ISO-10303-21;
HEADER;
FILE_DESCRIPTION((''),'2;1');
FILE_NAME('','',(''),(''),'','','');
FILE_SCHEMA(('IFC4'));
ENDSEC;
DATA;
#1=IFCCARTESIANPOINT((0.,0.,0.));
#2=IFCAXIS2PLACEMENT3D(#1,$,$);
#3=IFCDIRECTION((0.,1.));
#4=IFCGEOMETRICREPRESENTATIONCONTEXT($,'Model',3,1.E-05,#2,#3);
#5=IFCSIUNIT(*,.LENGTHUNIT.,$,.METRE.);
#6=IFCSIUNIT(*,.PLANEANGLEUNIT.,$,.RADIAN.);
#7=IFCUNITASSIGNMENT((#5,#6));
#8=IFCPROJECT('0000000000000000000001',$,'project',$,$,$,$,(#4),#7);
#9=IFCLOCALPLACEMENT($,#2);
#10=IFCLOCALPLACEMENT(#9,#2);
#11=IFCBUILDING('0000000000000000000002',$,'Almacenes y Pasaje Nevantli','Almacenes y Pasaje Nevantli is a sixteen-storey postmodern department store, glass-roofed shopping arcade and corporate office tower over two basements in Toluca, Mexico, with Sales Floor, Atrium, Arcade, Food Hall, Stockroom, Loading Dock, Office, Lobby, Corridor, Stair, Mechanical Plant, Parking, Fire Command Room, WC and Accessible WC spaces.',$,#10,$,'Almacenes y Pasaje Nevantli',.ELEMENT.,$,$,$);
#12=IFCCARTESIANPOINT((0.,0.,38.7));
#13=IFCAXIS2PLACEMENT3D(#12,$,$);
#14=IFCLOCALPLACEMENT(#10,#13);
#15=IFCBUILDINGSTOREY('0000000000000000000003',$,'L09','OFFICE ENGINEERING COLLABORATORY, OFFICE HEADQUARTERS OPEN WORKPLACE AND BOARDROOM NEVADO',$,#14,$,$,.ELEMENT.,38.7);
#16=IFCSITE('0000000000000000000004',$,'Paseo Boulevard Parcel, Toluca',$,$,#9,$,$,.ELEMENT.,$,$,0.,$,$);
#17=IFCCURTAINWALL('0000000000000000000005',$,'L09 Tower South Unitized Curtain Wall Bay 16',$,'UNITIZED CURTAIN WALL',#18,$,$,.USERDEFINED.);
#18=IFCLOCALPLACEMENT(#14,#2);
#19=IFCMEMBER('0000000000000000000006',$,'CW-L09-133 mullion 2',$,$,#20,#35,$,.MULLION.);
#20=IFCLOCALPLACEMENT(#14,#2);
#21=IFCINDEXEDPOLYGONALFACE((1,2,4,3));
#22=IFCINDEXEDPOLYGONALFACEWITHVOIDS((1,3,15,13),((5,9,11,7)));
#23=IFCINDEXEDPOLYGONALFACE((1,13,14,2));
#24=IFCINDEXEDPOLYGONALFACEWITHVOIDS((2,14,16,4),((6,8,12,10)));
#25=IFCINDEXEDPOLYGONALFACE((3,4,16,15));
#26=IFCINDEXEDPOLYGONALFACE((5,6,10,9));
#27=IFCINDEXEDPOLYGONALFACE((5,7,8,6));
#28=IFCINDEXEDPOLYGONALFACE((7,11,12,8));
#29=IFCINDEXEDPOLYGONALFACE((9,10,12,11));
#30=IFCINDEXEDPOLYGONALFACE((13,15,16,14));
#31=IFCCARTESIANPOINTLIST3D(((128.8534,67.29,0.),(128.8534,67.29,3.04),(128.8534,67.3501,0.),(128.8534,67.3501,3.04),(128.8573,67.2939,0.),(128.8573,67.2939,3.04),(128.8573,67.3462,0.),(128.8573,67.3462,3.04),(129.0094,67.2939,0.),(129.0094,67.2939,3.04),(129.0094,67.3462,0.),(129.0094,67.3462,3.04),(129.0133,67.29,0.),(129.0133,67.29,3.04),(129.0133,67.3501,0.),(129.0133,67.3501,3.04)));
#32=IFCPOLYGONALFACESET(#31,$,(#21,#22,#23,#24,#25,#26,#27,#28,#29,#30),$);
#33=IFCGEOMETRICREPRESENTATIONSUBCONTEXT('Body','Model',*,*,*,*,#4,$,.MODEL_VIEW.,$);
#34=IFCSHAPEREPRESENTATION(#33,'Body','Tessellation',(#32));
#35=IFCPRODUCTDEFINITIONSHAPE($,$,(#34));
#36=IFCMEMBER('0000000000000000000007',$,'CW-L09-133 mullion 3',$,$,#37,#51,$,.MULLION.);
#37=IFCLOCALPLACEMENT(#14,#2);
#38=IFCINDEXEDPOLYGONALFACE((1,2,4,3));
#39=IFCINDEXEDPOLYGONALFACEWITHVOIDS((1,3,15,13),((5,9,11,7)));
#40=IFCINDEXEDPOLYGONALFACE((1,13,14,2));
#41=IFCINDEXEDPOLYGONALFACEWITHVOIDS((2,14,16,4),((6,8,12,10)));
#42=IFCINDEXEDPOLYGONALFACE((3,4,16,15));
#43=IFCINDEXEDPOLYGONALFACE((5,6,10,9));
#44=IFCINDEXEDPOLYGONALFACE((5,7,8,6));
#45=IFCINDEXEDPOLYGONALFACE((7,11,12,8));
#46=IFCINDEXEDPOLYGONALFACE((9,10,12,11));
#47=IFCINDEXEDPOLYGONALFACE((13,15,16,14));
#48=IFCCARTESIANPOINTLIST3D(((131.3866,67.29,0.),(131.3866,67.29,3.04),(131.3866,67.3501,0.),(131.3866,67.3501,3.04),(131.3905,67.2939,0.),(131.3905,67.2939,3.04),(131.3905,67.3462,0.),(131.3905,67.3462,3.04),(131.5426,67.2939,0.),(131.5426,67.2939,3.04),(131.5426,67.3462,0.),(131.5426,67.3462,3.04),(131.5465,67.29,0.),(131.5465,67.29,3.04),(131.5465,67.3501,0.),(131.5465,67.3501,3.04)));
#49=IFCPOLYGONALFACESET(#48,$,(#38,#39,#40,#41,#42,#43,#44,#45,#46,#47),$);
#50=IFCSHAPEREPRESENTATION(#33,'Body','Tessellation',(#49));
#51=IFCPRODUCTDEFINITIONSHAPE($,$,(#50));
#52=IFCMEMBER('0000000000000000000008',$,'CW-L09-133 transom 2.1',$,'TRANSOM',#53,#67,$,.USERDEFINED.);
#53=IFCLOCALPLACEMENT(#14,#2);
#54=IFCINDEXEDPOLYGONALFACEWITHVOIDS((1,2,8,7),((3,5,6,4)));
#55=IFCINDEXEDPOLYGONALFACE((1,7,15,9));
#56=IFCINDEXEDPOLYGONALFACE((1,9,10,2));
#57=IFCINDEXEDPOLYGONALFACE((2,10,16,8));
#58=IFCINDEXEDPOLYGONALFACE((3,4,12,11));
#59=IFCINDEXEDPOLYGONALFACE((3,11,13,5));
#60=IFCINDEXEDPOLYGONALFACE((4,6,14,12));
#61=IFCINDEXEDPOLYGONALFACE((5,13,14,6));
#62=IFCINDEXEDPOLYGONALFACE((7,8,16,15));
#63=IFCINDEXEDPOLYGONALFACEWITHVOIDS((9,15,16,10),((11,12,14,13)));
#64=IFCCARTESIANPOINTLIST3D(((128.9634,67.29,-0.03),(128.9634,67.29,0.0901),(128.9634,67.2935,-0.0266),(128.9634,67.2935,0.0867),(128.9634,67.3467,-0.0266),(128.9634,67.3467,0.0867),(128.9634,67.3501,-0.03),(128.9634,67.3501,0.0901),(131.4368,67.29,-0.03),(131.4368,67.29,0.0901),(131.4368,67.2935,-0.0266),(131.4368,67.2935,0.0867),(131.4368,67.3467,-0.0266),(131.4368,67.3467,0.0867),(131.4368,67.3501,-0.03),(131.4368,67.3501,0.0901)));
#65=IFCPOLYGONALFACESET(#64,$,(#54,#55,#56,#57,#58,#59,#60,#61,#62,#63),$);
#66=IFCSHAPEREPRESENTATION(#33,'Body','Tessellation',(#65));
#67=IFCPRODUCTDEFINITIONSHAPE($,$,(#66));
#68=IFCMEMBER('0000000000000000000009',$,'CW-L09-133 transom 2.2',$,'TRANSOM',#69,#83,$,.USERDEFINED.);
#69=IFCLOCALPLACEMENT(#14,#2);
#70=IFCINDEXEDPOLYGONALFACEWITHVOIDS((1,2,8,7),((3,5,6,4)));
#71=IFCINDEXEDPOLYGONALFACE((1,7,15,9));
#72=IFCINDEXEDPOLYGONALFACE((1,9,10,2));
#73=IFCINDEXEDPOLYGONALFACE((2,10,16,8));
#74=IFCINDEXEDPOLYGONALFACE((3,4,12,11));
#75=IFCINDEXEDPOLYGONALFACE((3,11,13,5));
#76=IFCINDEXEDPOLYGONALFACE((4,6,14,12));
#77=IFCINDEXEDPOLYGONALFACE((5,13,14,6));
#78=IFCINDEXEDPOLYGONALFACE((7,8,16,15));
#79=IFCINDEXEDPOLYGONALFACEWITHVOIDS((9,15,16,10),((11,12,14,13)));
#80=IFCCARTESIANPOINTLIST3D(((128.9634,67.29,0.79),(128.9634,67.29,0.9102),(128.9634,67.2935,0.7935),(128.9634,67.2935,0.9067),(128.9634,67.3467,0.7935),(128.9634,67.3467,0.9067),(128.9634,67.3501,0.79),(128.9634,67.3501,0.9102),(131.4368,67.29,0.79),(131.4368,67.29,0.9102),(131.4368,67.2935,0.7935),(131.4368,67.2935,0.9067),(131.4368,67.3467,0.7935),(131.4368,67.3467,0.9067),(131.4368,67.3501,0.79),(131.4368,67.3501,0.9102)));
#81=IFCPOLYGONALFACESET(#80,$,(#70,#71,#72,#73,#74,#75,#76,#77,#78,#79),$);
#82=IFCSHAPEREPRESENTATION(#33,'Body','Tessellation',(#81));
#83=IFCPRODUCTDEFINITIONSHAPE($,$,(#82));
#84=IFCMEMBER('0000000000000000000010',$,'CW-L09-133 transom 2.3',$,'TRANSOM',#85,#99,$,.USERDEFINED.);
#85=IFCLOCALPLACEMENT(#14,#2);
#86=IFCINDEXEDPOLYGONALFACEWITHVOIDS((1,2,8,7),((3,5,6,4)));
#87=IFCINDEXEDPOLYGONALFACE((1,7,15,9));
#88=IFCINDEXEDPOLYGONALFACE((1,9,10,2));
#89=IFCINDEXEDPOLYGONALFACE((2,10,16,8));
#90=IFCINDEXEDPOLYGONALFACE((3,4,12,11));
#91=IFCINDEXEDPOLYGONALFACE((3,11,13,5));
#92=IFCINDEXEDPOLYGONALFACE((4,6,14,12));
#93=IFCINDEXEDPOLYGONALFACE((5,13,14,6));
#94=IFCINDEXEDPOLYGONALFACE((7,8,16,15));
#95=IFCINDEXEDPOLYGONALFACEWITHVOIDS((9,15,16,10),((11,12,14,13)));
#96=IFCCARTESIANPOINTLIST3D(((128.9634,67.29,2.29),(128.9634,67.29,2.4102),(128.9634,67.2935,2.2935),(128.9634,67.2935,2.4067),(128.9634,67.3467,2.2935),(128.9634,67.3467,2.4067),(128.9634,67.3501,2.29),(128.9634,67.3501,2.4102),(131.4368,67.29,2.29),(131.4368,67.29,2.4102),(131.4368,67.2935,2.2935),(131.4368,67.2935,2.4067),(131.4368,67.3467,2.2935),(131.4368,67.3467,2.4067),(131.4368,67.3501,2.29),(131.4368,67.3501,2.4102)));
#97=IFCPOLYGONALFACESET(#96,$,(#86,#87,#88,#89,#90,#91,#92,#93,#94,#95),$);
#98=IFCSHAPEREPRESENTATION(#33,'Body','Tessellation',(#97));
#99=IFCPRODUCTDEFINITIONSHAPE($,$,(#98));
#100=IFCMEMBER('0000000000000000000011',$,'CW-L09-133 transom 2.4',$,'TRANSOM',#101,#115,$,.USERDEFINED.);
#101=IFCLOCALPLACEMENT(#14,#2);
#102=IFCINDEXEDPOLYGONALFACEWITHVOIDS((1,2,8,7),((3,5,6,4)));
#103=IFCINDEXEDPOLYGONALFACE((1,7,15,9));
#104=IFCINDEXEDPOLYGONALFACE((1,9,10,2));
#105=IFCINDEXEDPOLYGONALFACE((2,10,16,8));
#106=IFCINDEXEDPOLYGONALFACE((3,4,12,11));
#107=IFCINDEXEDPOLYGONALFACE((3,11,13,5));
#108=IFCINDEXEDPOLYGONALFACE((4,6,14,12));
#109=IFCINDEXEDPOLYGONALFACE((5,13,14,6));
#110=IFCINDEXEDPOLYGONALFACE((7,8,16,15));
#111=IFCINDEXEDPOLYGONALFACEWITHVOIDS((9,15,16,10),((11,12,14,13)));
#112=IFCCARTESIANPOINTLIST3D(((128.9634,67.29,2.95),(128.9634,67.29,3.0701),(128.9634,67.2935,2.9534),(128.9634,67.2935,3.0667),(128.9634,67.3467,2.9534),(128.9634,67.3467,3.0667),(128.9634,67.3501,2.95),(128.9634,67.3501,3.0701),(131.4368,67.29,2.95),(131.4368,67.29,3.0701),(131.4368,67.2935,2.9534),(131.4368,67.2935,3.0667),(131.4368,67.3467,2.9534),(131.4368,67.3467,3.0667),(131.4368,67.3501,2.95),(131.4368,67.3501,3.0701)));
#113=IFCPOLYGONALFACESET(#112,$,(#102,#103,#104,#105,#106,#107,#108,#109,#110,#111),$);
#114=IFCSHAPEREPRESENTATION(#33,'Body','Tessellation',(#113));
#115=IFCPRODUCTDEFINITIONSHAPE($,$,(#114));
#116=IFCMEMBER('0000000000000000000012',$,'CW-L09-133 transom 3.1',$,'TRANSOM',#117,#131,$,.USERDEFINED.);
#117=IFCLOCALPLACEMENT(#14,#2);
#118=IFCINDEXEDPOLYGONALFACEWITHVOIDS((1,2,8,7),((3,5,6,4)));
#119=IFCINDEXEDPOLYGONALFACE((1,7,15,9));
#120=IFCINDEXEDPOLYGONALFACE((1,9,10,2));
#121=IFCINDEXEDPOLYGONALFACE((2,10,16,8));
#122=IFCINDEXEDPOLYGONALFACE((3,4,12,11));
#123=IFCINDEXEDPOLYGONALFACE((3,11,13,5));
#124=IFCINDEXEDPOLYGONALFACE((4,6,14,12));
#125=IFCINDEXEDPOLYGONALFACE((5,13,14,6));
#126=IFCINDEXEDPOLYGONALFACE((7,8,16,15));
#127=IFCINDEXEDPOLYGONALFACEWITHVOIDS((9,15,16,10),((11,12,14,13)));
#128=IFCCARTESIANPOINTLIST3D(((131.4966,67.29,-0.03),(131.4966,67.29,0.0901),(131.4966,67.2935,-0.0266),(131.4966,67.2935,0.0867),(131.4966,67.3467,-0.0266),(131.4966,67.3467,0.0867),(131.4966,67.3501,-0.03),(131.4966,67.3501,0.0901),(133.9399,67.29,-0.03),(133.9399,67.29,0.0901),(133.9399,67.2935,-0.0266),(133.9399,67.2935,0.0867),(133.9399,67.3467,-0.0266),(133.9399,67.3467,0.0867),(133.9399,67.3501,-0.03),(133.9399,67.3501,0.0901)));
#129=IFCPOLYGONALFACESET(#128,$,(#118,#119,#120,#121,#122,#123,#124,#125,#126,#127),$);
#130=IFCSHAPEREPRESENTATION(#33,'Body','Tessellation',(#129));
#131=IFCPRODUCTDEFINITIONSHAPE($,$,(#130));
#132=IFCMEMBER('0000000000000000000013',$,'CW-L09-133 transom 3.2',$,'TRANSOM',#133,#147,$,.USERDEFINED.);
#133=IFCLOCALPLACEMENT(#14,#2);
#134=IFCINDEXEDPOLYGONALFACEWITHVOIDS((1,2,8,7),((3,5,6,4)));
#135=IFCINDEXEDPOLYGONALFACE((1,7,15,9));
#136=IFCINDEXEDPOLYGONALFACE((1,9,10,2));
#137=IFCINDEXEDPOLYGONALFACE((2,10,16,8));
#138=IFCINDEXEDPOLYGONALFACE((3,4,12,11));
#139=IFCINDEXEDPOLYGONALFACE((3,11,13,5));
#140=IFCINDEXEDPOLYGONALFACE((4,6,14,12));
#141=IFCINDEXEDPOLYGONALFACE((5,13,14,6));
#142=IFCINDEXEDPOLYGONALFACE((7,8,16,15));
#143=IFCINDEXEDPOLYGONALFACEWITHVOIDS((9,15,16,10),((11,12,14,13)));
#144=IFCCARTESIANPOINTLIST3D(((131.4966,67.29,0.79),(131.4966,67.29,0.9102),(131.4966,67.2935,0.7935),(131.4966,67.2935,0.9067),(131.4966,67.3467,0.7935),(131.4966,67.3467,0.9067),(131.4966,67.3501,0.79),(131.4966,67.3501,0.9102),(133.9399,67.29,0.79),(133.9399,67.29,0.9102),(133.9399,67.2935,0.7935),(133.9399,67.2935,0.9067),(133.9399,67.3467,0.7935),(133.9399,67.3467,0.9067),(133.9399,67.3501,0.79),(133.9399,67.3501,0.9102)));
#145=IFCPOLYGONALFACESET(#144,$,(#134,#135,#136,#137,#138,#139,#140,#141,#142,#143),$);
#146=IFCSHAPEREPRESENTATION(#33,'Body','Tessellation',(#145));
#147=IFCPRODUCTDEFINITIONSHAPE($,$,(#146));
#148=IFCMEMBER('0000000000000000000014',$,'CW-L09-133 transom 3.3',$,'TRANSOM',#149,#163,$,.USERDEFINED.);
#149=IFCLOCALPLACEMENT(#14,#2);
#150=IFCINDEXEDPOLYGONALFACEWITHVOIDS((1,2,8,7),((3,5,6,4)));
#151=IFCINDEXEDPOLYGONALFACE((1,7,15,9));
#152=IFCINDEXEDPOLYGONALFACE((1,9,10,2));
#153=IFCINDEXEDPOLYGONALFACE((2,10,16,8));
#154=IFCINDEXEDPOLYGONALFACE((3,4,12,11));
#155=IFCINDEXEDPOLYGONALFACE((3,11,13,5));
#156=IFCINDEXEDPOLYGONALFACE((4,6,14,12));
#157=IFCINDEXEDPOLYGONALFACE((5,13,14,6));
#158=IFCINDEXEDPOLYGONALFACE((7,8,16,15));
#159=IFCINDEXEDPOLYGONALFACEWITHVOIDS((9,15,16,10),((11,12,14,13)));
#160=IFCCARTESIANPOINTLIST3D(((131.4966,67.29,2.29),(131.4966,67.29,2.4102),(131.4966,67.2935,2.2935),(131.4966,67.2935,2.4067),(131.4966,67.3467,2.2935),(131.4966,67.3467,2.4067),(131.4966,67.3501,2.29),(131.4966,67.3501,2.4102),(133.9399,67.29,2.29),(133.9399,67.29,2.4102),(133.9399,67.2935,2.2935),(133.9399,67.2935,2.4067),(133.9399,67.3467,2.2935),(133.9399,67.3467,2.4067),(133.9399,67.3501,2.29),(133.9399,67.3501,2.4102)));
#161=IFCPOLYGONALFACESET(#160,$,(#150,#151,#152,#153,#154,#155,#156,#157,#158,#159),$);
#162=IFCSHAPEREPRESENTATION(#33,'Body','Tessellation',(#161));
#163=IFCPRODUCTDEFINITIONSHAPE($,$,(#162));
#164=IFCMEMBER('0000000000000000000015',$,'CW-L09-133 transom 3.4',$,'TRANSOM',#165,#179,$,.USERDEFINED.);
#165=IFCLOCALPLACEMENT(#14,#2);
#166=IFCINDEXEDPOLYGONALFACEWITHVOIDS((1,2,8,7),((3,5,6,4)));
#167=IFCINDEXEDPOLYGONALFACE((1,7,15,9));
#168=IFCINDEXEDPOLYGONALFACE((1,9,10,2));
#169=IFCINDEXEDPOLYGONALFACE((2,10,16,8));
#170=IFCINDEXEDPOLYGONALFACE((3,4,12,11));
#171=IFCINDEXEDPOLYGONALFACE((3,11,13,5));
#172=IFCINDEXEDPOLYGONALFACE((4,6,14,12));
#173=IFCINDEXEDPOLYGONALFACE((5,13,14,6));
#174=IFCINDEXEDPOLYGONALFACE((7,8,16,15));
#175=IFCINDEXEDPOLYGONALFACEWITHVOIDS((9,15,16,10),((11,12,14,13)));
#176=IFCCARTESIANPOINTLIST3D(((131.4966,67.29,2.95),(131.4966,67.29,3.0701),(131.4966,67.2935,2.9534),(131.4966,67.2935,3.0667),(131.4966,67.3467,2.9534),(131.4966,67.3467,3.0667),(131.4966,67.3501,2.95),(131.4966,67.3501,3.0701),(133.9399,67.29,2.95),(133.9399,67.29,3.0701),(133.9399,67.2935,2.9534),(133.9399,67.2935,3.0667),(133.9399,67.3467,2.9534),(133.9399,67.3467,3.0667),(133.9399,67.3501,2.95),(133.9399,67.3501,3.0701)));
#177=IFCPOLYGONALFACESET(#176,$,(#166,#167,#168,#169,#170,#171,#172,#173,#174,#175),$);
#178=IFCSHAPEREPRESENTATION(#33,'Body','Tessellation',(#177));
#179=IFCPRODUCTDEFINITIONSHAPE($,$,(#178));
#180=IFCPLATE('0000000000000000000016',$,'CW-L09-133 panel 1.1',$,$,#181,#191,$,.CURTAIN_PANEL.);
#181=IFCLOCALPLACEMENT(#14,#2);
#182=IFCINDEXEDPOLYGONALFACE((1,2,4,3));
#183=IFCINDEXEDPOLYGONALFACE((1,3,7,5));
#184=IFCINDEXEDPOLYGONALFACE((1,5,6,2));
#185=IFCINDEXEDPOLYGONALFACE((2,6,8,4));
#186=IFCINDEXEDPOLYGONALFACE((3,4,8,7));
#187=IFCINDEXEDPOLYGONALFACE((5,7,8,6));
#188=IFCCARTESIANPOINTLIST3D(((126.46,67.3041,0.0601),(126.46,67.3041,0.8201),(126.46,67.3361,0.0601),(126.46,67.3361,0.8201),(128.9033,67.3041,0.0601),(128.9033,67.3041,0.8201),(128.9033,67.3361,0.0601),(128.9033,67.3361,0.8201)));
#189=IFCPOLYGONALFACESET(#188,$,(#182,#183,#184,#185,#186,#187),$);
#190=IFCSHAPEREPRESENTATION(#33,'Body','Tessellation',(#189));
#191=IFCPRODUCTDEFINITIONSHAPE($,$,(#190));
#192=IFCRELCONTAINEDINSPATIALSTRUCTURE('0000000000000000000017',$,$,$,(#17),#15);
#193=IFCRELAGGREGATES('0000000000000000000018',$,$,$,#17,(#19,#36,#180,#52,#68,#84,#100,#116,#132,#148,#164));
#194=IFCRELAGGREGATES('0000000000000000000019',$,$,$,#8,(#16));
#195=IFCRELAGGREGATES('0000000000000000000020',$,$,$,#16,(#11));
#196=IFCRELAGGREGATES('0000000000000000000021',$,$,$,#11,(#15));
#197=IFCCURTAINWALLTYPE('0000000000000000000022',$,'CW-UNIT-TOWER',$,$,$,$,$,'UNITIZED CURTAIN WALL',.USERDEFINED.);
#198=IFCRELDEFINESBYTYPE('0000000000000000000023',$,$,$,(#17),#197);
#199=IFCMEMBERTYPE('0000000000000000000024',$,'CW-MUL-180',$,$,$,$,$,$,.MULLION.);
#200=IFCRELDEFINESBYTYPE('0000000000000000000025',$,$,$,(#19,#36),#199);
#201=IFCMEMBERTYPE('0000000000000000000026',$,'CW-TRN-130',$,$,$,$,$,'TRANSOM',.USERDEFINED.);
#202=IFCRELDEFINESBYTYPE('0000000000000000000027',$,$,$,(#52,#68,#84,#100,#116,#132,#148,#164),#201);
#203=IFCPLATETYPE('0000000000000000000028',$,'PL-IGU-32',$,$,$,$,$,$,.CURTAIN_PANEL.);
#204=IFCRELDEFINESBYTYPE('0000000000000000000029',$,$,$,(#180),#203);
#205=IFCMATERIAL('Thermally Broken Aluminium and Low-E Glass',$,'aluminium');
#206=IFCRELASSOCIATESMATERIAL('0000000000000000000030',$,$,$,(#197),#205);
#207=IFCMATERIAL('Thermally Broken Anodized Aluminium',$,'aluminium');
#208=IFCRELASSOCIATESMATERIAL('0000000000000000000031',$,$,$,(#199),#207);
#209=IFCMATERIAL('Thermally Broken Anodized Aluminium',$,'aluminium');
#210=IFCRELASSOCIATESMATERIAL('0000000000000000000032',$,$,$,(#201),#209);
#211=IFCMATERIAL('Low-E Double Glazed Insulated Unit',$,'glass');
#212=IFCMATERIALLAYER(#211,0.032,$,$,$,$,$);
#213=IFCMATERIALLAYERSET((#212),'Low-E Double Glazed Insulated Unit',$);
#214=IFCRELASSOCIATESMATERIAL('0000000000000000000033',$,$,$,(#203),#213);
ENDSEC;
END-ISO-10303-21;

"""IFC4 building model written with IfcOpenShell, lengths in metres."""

from ifc_helpers import new_model, si_unit, direction, frame, origin, origin_2d, place, context, subcontext, project, spatial, rectangle, hollow_rectangle, extrude, material, layer, layer_set, material_profile, profile_set, type_object, element, aggregate, save


model = new_model("IFC4")

# Units and contexts
model_context = context("Model", 3, precision=1e-05, world=origin(), true_north=direction((0.0, 1.0)))
body_context = subcontext(model_context, "Body", "Model", "MODEL_VIEW")
ifc_project = project(units=[si_unit("LENGTHUNIT", "METRE"), si_unit("PLANEANGLEUNIT", "RADIAN")], contexts=[model_context])

# Site, building, storey
site_placement = place(None, origin())
site = spatial("IfcSite", under=ifc_project, at=site_placement, Name="Paseo Boulevard Parcel, Toluca", CompositionType="ELEMENT", RefElevation=0.0)
building_placement = place(site_placement, origin())
building = spatial("IfcBuilding", under=site, at=building_placement, Name="Almacenes y Pasaje Nevantli", Description="Almacenes y Pasaje Nevantli is a sixteen-storey postmodern department store, glass-roofed shopping arcade and corporate office tower over two basements in Toluca, Mexico, with Sales Floor, Atrium, Arcade, Food Hall, Stockroom, Loading Dock, Office, Lobby, Corridor, Stair, Mechanical Plant, Parking, Fire Command Room, WC and Accessible WC spaces.", LongName="Almacenes y Pasaje Nevantli", CompositionType="ELEMENT")
storey_placement = place(building_placement, frame((0.0, 0.0, 38.7)))
storey = spatial("IfcBuildingStorey", under=building, at=storey_placement, Name="L09", Description="OFFICE ENGINEERING COLLABORATORY, OFFICE HEADQUARTERS OPEN WORKPLACE AND BOARDROOM NEVADO", CompositionType="ELEMENT", Elevation=38.7)

# Curtain wall, members, plate
ifc_material_1 = material(Name="Thermally Broken Aluminium and Low-E Glass", Category="aluminium")
curtain_wall_type = type_object("IfcCurtainWallType", Name="CW-UNIT-TOWER", ElementType="UNITIZED CURTAIN WALL", PredefinedType="USERDEFINED", material=ifc_material_1)
curtain_wall_placement = place(storey_placement, origin())
curtain_wall = element("IfcCurtainWall", 1, at=curtain_wall_placement, inside=storey, type_object=curtain_wall_type, Name="L09 Tower South Unitized Curtain Wall Bay 16", ObjectType="UNITIZED CURTAIN WALL", PredefinedType="USERDEFINED")
ifc_material_2 = material(Name="Thermally Broken Anodized Aluminium", Category="aluminium")
ifc_material_profile_1 = material_profile(ifc_material_2, hollow_rectangle(XDim=0.0601, YDim=0.1599, WallThickness=0.0039, at=origin_2d()), Name="ALU-MUL-60x160")
ifc_profile_set_1 = profile_set([ifc_material_profile_1], Name="Thermally Broken Anodized Aluminium")
member_type_1 = type_object("IfcMemberType", Name="CW-MUL-180", PredefinedType="MULLION", material=ifc_profile_set_1)
member_1_placement = place(storey_placement, frame((128.9333, 67.3201, 0.0), z_axis=(0.0, 0.0, 1.0), x_axis=(0.0, 1.0, 0.0)))
member_1 = element("IfcMember", 2, at=member_1_placement, type_object=member_type_1, Name="CW-L09-133 mullion 2", PredefinedType="MULLION", context=body_context, shape_type="SweptSolid", body=[
    extrude(hollow_rectangle(XDim=0.0601, YDim=0.1599, WallThickness=0.0039, at=origin_2d()), origin(), (0.0, 0.0, 1.0), 3.04),
])
member_2_placement = place(storey_placement, frame((131.4666, 67.3201, 0.0), z_axis=(0.0, 0.0, 1.0), x_axis=(0.0, 1.0, 0.0)))
member_2 = element("IfcMember", 3, at=member_2_placement, type_object=member_type_1, Name="CW-L09-133 mullion 3", PredefinedType="MULLION", context=body_context, shape_type="SweptSolid", body=[
    extrude(hollow_rectangle(XDim=0.0601, YDim=0.1599, WallThickness=0.0039, at=origin_2d()), origin(), (0.0, 0.0, 1.0), 3.04),
])
ifc_material_3 = material(Name="Thermally Broken Anodized Aluminium", Category="aluminium")
ifc_material_profile_2 = material_profile(ifc_material_3, hollow_rectangle(XDim=0.0601, YDim=0.1201, WallThickness=0.0034, at=origin_2d()), Name="ALU-TRN-60x120")
ifc_profile_set_2 = profile_set([ifc_material_profile_2], Name="Thermally Broken Anodized Aluminium")
member_type_2 = type_object("IfcMemberType", Name="CW-TRN-130", ElementType="TRANSOM", PredefinedType="USERDEFINED", material=ifc_profile_set_2)
member_3_placement = place(storey_placement, frame((128.9634, 67.3201, 0.03), z_axis=(1.0, 0.0, 0.0), x_axis=(0.0, 1.0, 0.0)))
member_3 = element("IfcMember", 4, at=member_3_placement, type_object=member_type_2, Name="CW-L09-133 transom 2.1", ObjectType="TRANSOM", PredefinedType="USERDEFINED", context=body_context, shape_type="SweptSolid", body=[
    extrude(hollow_rectangle(XDim=0.0601, YDim=0.1201, WallThickness=0.0034, at=origin_2d()), origin(), (0.0, 0.0, 1.0), 2.4734),
])
member_4_placement = place(storey_placement, frame((128.9634, 67.3201, 0.8501), z_axis=(1.0, 0.0, 0.0), x_axis=(0.0, 1.0, 0.0)))
member_4 = element("IfcMember", 5, at=member_4_placement, type_object=member_type_2, Name="CW-L09-133 transom 2.2", ObjectType="TRANSOM", PredefinedType="USERDEFINED", context=body_context, shape_type="SweptSolid", body=[
    extrude(hollow_rectangle(XDim=0.0601, YDim=0.1201, WallThickness=0.0034, at=origin_2d()), origin(), (0.0, 0.0, 1.0), 2.4734),
])
member_5_placement = place(storey_placement, frame((128.9634, 67.3201, 2.3501), z_axis=(1.0, 0.0, 0.0), x_axis=(0.0, 1.0, 0.0)))
member_5 = element("IfcMember", 6, at=member_5_placement, type_object=member_type_2, Name="CW-L09-133 transom 2.3", ObjectType="TRANSOM", PredefinedType="USERDEFINED", context=body_context, shape_type="SweptSolid", body=[
    extrude(hollow_rectangle(XDim=0.0601, YDim=0.1201, WallThickness=0.0034, at=origin_2d()), origin(), (0.0, 0.0, 1.0), 2.4734),
])
member_6_placement = place(storey_placement, frame((128.9634, 67.3201, 3.01), z_axis=(1.0, 0.0, 0.0), x_axis=(0.0, 1.0, 0.0)))
member_6 = element("IfcMember", 7, at=member_6_placement, type_object=member_type_2, Name="CW-L09-133 transom 2.4", ObjectType="TRANSOM", PredefinedType="USERDEFINED", context=body_context, shape_type="SweptSolid", body=[
    extrude(hollow_rectangle(XDim=0.0601, YDim=0.1201, WallThickness=0.0034, at=origin_2d()), origin(), (0.0, 0.0, 1.0), 2.4734),
])
member_7_placement = place(storey_placement, frame((131.4966, 67.3201, 0.03), z_axis=(1.0, 0.0, 0.0), x_axis=(0.0, 1.0, 0.0)))
member_7 = element("IfcMember", 8, at=member_7_placement, type_object=member_type_2, Name="CW-L09-133 transom 3.1", ObjectType="TRANSOM", PredefinedType="USERDEFINED", context=body_context, shape_type="SweptSolid", body=[
    extrude(hollow_rectangle(XDim=0.0601, YDim=0.1201, WallThickness=0.0034, at=origin_2d()), origin(), (0.0, 0.0, 1.0), 2.4434),
])
member_8_placement = place(storey_placement, frame((131.4966, 67.3201, 0.8501), z_axis=(1.0, 0.0, 0.0), x_axis=(0.0, 1.0, 0.0)))
member_8 = element("IfcMember", 9, at=member_8_placement, type_object=member_type_2, Name="CW-L09-133 transom 3.2", ObjectType="TRANSOM", PredefinedType="USERDEFINED", context=body_context, shape_type="SweptSolid", body=[
    extrude(hollow_rectangle(XDim=0.0601, YDim=0.1201, WallThickness=0.0034, at=origin_2d()), origin(), (0.0, 0.0, 1.0), 2.4434),
])
member_9_placement = place(storey_placement, frame((131.4966, 67.3201, 2.3501), z_axis=(1.0, 0.0, 0.0), x_axis=(0.0, 1.0, 0.0)))
member_9 = element("IfcMember", 10, at=member_9_placement, type_object=member_type_2, Name="CW-L09-133 transom 3.3", ObjectType="TRANSOM", PredefinedType="USERDEFINED", context=body_context, shape_type="SweptSolid", body=[
    extrude(hollow_rectangle(XDim=0.0601, YDim=0.1201, WallThickness=0.0034, at=origin_2d()), origin(), (0.0, 0.0, 1.0), 2.4434),
])
member_10_placement = place(storey_placement, frame((131.4966, 67.3201, 3.01), z_axis=(1.0, 0.0, 0.0), x_axis=(0.0, 1.0, 0.0)))
member_10 = element("IfcMember", 11, at=member_10_placement, type_object=member_type_2, Name="CW-L09-133 transom 3.4", ObjectType="TRANSOM", PredefinedType="USERDEFINED", context=body_context, shape_type="SweptSolid", body=[
    extrude(hollow_rectangle(XDim=0.0601, YDim=0.1201, WallThickness=0.0034, at=origin_2d()), origin(), (0.0, 0.0, 1.0), 2.4434),
])
ifc_material_4 = material(Name="Low-E Double Glazed Insulated Unit", Category="glass")
ifc_layer_1 = layer(ifc_material_4, 0.032)
ifc_layer_set_1 = layer_set([ifc_layer_1], Name="Low-E Double Glazed Insulated Unit")
plate_type = type_object("IfcPlateType", Name="PL-IGU-32", PredefinedType="CURTAIN_PANEL", material=ifc_layer_set_1)
plate_1_placement = place(storey_placement, frame((127.6816, 67.3201, 0.0601), z_axis=(0.0, 0.0, 1.0), x_axis=(1.0, 0.0, 0.0)))
plate_1 = element("IfcPlate", 12, at=plate_1_placement, type_object=plate_type, Name="CW-L09-133 panel 1.1", PredefinedType="CURTAIN_PANEL", context=body_context, shape_type="SweptSolid", body=[
    extrude(rectangle(XDim=2.4434, YDim=0.032, at=origin_2d()), origin(), (0.0, 0.0, 1.0), 0.76),
])
aggregate(curtain_wall, [member_1, member_2, plate_1, member_3, member_4, member_5, member_6, member_7, member_8, member_9, member_10])

save(model, "model.ifc")
